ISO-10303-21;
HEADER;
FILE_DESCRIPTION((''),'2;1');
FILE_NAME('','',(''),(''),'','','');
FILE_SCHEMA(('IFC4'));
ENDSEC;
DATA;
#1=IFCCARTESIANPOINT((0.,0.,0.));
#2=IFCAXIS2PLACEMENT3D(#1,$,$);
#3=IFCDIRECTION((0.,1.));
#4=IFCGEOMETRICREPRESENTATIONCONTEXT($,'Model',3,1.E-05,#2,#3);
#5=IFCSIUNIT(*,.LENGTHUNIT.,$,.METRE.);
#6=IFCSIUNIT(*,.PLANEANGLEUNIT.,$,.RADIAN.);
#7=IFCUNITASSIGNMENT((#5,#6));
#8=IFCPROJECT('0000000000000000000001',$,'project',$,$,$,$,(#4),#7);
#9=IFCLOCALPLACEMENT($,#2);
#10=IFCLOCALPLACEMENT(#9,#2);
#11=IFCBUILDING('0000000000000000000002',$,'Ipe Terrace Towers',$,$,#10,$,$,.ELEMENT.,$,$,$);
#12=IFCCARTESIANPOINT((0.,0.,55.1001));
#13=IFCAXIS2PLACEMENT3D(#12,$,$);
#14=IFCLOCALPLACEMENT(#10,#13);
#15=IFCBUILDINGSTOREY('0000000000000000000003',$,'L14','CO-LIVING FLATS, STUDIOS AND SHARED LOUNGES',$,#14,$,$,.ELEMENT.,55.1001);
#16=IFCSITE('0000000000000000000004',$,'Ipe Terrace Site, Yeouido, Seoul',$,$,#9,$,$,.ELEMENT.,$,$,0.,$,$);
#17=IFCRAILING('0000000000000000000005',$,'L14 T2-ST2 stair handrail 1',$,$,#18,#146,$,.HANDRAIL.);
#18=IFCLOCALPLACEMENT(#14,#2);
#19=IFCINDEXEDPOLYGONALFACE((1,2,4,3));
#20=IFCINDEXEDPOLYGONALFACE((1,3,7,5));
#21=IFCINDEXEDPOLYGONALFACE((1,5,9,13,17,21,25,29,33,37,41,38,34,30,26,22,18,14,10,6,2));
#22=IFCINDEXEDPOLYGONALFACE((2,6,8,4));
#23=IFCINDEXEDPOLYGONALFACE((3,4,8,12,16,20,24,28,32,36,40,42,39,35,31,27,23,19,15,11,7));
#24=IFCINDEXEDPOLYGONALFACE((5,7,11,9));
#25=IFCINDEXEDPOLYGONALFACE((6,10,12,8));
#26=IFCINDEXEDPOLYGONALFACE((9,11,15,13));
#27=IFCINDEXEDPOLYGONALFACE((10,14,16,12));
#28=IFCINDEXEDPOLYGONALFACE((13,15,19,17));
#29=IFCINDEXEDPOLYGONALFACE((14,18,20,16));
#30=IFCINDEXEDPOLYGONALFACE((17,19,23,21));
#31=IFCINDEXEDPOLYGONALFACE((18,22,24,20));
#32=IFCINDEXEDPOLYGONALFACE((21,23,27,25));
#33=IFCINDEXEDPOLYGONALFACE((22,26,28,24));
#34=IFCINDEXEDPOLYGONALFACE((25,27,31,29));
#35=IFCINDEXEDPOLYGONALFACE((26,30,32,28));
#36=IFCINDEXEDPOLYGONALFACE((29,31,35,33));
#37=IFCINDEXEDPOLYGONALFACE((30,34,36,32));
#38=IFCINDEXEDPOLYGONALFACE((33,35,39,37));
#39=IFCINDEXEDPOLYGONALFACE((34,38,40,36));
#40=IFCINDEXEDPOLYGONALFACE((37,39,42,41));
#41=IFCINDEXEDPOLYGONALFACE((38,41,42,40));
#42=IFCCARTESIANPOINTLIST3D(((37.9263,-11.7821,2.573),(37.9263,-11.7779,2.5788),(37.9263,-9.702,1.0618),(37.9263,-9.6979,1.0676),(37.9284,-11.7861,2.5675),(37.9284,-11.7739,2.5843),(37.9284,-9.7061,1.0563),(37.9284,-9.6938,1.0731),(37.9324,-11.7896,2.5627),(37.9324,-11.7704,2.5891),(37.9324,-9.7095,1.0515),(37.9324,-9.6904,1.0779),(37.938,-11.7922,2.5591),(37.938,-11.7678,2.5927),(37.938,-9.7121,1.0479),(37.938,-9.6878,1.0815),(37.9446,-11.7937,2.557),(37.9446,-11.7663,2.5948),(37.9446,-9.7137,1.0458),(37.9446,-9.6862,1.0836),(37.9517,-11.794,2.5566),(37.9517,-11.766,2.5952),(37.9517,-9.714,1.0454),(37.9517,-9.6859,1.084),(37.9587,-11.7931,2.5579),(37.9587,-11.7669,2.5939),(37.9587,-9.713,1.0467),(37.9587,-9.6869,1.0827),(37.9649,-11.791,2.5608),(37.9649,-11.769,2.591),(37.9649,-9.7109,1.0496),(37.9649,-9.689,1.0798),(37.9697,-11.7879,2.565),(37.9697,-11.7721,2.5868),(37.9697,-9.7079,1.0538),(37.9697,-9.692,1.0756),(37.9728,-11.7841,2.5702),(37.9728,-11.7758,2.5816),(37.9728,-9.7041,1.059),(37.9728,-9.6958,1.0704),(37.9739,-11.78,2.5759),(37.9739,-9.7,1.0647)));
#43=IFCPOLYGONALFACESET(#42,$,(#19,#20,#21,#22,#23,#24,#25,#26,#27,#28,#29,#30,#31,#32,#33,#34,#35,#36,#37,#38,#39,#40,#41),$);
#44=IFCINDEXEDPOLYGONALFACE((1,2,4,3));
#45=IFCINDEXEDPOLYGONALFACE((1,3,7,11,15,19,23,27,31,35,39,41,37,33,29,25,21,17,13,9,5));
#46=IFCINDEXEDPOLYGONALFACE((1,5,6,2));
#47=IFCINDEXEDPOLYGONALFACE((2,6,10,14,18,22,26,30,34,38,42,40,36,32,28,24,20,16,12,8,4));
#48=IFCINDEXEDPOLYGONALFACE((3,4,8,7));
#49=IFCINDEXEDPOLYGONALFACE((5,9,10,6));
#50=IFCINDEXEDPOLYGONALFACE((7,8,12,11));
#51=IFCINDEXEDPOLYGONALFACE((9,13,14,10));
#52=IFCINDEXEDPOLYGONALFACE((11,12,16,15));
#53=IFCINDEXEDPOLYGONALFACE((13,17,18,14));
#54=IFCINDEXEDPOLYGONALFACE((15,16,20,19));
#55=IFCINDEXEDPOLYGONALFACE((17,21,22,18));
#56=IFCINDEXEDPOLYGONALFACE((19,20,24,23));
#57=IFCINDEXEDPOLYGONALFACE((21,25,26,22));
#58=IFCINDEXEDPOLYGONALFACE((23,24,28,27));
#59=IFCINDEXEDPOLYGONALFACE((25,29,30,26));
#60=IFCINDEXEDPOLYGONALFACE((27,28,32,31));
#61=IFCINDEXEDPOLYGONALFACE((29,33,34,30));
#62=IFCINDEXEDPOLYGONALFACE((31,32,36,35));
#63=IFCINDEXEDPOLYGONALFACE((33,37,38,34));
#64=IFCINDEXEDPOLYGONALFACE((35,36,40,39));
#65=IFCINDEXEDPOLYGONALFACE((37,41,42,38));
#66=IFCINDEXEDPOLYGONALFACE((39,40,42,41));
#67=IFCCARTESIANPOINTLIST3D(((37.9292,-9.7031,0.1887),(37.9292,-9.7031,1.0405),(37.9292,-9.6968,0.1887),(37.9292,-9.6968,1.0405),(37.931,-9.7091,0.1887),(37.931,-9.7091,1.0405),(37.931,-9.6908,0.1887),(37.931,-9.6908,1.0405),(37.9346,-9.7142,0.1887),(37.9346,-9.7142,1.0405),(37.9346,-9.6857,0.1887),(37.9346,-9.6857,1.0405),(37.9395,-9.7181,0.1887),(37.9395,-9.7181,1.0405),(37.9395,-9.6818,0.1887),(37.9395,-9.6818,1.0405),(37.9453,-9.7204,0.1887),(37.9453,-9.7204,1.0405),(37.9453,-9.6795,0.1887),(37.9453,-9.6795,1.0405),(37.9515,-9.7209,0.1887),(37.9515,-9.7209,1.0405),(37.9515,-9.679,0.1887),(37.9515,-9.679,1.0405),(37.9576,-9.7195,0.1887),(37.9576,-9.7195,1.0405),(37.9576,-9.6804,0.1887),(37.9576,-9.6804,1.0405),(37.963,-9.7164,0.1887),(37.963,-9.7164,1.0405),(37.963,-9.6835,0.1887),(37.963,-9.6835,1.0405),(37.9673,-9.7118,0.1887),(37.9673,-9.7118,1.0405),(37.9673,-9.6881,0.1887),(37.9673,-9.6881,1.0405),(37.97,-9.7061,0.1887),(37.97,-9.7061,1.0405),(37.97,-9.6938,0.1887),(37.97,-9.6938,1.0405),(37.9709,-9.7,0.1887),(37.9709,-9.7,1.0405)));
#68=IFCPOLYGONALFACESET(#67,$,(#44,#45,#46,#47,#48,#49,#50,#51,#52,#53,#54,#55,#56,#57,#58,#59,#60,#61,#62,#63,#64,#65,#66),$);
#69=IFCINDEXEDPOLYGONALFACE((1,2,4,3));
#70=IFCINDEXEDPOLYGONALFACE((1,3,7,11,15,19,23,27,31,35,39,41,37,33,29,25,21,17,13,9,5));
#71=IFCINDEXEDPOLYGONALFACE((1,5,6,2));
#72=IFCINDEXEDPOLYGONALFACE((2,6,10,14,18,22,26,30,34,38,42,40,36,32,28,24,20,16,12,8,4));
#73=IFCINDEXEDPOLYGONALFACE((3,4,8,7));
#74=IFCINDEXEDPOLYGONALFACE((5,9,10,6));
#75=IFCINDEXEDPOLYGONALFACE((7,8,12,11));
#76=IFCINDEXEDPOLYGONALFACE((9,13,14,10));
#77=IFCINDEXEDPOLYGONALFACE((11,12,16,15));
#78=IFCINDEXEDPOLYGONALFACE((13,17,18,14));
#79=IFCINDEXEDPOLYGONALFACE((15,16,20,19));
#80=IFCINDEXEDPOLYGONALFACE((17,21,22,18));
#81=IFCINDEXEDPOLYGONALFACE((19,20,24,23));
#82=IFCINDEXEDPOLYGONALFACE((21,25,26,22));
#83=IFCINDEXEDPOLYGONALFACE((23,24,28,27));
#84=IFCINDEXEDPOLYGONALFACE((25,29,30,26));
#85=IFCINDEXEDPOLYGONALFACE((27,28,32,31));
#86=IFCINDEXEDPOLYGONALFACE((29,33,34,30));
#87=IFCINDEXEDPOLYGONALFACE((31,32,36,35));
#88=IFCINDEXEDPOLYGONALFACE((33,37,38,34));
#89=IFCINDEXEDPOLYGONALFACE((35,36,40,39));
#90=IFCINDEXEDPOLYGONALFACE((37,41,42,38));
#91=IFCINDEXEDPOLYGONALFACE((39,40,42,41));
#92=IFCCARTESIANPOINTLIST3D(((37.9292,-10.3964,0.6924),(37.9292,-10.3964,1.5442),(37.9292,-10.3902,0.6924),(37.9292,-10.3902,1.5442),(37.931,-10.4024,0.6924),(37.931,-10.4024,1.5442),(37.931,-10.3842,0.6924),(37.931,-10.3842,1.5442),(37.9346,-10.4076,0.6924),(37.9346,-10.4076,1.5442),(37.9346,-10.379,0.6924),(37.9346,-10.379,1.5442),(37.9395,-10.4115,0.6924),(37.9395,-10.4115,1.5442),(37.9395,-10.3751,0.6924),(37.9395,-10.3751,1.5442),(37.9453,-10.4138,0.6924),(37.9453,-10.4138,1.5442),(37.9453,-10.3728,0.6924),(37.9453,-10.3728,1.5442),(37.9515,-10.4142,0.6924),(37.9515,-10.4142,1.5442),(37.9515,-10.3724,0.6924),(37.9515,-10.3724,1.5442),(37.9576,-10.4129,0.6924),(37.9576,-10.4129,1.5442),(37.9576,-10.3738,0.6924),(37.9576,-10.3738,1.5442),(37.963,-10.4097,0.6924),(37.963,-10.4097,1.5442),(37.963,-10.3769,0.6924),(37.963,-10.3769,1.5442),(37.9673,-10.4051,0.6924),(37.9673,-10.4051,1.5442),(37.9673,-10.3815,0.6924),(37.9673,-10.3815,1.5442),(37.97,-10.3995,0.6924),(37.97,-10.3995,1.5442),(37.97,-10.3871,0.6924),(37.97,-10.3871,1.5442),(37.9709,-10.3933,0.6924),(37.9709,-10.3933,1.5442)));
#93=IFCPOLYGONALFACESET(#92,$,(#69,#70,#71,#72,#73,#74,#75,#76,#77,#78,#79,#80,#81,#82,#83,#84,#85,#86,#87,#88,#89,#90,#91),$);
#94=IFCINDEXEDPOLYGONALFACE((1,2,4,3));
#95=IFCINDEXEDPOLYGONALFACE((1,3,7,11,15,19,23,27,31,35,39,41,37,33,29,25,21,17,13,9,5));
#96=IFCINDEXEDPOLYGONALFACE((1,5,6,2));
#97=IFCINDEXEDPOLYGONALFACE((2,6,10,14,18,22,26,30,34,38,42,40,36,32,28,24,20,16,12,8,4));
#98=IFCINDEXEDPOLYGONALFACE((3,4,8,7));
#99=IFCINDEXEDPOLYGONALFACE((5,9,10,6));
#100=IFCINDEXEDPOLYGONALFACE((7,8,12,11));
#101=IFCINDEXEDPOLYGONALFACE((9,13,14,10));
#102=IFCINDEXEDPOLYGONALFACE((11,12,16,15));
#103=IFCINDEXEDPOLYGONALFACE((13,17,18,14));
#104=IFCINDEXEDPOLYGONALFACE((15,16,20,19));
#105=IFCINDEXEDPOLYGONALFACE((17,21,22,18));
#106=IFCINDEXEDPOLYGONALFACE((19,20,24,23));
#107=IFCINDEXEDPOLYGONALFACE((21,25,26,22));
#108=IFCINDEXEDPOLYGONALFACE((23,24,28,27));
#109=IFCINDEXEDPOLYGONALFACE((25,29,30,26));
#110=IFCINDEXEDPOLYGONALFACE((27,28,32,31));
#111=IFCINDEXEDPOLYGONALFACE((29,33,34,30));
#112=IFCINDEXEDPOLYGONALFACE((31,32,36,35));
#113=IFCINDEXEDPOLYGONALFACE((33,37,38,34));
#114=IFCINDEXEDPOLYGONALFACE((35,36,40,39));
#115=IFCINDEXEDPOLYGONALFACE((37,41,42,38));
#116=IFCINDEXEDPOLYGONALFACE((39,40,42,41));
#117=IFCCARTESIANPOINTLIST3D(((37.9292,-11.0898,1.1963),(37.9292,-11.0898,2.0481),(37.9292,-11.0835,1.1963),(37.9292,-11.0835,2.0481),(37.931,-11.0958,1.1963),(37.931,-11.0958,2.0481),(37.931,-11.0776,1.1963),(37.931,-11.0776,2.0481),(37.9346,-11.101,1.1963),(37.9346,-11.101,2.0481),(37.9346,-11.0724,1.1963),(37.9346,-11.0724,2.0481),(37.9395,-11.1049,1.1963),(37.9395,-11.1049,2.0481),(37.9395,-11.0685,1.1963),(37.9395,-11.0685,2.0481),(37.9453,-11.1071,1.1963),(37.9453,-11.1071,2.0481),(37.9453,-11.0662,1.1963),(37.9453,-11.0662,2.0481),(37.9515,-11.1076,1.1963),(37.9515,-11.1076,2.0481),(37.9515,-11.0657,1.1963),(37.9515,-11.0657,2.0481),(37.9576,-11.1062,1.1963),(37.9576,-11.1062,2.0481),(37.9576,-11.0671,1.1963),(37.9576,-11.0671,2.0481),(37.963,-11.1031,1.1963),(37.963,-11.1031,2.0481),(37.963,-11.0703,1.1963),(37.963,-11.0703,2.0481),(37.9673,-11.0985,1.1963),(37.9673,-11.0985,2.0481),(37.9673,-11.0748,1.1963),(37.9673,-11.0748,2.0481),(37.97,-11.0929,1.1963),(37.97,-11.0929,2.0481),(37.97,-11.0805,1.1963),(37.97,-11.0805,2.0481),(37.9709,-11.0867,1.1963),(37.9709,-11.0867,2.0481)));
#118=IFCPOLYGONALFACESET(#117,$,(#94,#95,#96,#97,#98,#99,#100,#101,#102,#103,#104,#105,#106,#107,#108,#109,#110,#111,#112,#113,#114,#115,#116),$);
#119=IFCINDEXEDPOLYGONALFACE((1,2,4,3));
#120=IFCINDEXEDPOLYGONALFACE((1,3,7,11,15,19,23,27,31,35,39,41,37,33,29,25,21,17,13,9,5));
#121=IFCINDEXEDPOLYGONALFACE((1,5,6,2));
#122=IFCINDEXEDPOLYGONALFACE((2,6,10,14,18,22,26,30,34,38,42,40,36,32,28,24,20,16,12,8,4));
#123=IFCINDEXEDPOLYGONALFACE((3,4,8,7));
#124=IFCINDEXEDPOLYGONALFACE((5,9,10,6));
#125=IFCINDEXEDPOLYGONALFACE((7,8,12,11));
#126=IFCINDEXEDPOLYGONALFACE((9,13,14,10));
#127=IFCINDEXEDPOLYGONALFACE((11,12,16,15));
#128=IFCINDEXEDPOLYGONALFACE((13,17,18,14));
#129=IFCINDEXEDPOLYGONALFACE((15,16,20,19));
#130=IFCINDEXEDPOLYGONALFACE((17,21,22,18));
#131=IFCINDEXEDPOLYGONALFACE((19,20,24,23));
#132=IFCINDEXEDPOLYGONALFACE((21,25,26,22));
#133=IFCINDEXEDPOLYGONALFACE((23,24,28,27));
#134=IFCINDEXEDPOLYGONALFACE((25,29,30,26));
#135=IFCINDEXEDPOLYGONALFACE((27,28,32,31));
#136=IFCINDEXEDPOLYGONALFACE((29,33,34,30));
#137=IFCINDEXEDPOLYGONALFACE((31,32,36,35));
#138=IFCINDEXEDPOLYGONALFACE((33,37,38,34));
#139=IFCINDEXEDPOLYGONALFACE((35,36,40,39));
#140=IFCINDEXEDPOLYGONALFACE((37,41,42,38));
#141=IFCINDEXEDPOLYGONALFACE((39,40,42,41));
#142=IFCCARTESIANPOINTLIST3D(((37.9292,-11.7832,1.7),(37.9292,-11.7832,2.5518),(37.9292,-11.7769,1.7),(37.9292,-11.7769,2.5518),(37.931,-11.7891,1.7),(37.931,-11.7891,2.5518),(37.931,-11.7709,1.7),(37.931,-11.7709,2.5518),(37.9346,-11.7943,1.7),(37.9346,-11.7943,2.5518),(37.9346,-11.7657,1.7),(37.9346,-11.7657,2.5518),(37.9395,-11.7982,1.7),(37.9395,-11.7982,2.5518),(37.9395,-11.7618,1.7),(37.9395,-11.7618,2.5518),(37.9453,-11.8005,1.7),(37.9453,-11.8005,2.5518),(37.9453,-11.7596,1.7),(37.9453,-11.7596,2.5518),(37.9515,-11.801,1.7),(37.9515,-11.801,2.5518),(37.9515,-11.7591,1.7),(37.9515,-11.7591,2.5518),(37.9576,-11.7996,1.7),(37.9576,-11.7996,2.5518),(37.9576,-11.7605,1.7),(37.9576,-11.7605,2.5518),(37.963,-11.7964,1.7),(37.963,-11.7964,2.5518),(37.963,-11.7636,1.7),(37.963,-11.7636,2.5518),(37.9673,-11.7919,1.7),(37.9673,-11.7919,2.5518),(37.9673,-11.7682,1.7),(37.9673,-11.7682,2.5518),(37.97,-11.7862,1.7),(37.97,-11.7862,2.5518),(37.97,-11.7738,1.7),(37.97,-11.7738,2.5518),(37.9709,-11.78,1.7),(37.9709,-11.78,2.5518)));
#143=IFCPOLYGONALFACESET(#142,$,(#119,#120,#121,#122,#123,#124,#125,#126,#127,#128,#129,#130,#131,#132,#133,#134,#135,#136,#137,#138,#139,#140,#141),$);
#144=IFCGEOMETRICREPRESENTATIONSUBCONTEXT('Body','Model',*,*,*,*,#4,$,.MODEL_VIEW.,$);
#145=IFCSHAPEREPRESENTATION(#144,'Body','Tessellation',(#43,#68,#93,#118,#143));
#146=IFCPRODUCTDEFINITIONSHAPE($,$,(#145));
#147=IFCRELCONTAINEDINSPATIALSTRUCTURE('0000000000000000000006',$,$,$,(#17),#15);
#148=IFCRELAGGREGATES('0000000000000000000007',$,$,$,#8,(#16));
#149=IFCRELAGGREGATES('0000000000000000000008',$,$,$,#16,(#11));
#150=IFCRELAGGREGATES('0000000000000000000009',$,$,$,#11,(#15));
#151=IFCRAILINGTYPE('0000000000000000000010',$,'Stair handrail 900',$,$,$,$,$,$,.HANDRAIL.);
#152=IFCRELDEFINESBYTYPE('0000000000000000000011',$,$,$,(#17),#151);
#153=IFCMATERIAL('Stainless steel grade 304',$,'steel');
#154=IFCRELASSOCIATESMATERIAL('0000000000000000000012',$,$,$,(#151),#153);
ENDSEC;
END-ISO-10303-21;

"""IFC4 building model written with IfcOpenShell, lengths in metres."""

from ifc_helpers import new_model, si_unit, direction, frame, origin, origin_2d, place, context, subcontext, project, spatial, circle, extrude, material, type_object, element, save


model = new_model("IFC4")

# Units and contexts
model_context = context("Model", 3, precision=1e-05, world=origin(), true_north=direction((0.0, 1.0)))
body_context = subcontext(model_context, "Body", "Model", "MODEL_VIEW")
ifc_project = project(units=[si_unit("LENGTHUNIT", "METRE"), si_unit("PLANEANGLEUNIT", "RADIAN")], contexts=[model_context])

# Site, building, storey
site_placement = place(None, origin())
site = spatial("IfcSite", under=ifc_project, at=site_placement, Name="Ipe Terrace Site, Yeouido, Seoul", CompositionType="ELEMENT", RefElevation=0.0)
building_placement = place(site_placement, origin())
building = spatial("IfcBuilding", under=site, at=building_placement, Name="Ipe Terrace Towers", CompositionType="ELEMENT")
storey_placement = place(building_placement, frame((0.0, 0.0, 55.1001)))
storey = spatial("IfcBuildingStorey", under=building, at=storey_placement, Name="L14", Description="CO-LIVING FLATS, STUDIOS AND SHARED LOUNGES", CompositionType="ELEMENT", Elevation=55.1001)

# Railing
ifc_material_1 = material(Name="Stainless steel grade 304", Category="steel")
railing_type_1 = type_object("IfcRailingType", Name="Stair handrail 900", PredefinedType="HANDRAIL", material=ifc_material_1)
railing_1_placement = place(storey_placement, frame((37.95, -9.7, 0.1887)))
element("IfcRailing", 1, at=railing_1_placement, inside=storey, type_object=railing_type_1, Name="L14 T2-ST2 stair handrail 1", PredefinedType="HANDRAIL", context=body_context, shape_type="SweptSolid", body=[
    extrude(circle(Radius=0.0239, at=origin_2d()), frame((0.0, 0.0, 0.876), z_axis=(0.0, -0.809023, 0.587776), x_axis=(1.0, 0.0, 0.0)), (0.0, 0.0, 1.0), 2.571),
    extrude(circle(Radius=0.021, at=origin_2d()), origin(), (0.0, 0.0, 1.0), 0.8518),
    extrude(circle(Radius=0.021, at=origin_2d()), frame((0.0, -0.6934, 0.5037)), (0.0, 0.0, 1.0), 0.8518),
    extrude(circle(Radius=0.021, at=origin_2d()), frame((0.0, -1.3867, 1.0076)), (0.0, 0.0, 1.0), 0.8518),
    extrude(circle(Radius=0.021, at=origin_2d()), frame((0.0, -2.0801, 1.5112)), (0.0, 0.0, 1.0), 0.8518),
])

save(model, "model.ifc")
